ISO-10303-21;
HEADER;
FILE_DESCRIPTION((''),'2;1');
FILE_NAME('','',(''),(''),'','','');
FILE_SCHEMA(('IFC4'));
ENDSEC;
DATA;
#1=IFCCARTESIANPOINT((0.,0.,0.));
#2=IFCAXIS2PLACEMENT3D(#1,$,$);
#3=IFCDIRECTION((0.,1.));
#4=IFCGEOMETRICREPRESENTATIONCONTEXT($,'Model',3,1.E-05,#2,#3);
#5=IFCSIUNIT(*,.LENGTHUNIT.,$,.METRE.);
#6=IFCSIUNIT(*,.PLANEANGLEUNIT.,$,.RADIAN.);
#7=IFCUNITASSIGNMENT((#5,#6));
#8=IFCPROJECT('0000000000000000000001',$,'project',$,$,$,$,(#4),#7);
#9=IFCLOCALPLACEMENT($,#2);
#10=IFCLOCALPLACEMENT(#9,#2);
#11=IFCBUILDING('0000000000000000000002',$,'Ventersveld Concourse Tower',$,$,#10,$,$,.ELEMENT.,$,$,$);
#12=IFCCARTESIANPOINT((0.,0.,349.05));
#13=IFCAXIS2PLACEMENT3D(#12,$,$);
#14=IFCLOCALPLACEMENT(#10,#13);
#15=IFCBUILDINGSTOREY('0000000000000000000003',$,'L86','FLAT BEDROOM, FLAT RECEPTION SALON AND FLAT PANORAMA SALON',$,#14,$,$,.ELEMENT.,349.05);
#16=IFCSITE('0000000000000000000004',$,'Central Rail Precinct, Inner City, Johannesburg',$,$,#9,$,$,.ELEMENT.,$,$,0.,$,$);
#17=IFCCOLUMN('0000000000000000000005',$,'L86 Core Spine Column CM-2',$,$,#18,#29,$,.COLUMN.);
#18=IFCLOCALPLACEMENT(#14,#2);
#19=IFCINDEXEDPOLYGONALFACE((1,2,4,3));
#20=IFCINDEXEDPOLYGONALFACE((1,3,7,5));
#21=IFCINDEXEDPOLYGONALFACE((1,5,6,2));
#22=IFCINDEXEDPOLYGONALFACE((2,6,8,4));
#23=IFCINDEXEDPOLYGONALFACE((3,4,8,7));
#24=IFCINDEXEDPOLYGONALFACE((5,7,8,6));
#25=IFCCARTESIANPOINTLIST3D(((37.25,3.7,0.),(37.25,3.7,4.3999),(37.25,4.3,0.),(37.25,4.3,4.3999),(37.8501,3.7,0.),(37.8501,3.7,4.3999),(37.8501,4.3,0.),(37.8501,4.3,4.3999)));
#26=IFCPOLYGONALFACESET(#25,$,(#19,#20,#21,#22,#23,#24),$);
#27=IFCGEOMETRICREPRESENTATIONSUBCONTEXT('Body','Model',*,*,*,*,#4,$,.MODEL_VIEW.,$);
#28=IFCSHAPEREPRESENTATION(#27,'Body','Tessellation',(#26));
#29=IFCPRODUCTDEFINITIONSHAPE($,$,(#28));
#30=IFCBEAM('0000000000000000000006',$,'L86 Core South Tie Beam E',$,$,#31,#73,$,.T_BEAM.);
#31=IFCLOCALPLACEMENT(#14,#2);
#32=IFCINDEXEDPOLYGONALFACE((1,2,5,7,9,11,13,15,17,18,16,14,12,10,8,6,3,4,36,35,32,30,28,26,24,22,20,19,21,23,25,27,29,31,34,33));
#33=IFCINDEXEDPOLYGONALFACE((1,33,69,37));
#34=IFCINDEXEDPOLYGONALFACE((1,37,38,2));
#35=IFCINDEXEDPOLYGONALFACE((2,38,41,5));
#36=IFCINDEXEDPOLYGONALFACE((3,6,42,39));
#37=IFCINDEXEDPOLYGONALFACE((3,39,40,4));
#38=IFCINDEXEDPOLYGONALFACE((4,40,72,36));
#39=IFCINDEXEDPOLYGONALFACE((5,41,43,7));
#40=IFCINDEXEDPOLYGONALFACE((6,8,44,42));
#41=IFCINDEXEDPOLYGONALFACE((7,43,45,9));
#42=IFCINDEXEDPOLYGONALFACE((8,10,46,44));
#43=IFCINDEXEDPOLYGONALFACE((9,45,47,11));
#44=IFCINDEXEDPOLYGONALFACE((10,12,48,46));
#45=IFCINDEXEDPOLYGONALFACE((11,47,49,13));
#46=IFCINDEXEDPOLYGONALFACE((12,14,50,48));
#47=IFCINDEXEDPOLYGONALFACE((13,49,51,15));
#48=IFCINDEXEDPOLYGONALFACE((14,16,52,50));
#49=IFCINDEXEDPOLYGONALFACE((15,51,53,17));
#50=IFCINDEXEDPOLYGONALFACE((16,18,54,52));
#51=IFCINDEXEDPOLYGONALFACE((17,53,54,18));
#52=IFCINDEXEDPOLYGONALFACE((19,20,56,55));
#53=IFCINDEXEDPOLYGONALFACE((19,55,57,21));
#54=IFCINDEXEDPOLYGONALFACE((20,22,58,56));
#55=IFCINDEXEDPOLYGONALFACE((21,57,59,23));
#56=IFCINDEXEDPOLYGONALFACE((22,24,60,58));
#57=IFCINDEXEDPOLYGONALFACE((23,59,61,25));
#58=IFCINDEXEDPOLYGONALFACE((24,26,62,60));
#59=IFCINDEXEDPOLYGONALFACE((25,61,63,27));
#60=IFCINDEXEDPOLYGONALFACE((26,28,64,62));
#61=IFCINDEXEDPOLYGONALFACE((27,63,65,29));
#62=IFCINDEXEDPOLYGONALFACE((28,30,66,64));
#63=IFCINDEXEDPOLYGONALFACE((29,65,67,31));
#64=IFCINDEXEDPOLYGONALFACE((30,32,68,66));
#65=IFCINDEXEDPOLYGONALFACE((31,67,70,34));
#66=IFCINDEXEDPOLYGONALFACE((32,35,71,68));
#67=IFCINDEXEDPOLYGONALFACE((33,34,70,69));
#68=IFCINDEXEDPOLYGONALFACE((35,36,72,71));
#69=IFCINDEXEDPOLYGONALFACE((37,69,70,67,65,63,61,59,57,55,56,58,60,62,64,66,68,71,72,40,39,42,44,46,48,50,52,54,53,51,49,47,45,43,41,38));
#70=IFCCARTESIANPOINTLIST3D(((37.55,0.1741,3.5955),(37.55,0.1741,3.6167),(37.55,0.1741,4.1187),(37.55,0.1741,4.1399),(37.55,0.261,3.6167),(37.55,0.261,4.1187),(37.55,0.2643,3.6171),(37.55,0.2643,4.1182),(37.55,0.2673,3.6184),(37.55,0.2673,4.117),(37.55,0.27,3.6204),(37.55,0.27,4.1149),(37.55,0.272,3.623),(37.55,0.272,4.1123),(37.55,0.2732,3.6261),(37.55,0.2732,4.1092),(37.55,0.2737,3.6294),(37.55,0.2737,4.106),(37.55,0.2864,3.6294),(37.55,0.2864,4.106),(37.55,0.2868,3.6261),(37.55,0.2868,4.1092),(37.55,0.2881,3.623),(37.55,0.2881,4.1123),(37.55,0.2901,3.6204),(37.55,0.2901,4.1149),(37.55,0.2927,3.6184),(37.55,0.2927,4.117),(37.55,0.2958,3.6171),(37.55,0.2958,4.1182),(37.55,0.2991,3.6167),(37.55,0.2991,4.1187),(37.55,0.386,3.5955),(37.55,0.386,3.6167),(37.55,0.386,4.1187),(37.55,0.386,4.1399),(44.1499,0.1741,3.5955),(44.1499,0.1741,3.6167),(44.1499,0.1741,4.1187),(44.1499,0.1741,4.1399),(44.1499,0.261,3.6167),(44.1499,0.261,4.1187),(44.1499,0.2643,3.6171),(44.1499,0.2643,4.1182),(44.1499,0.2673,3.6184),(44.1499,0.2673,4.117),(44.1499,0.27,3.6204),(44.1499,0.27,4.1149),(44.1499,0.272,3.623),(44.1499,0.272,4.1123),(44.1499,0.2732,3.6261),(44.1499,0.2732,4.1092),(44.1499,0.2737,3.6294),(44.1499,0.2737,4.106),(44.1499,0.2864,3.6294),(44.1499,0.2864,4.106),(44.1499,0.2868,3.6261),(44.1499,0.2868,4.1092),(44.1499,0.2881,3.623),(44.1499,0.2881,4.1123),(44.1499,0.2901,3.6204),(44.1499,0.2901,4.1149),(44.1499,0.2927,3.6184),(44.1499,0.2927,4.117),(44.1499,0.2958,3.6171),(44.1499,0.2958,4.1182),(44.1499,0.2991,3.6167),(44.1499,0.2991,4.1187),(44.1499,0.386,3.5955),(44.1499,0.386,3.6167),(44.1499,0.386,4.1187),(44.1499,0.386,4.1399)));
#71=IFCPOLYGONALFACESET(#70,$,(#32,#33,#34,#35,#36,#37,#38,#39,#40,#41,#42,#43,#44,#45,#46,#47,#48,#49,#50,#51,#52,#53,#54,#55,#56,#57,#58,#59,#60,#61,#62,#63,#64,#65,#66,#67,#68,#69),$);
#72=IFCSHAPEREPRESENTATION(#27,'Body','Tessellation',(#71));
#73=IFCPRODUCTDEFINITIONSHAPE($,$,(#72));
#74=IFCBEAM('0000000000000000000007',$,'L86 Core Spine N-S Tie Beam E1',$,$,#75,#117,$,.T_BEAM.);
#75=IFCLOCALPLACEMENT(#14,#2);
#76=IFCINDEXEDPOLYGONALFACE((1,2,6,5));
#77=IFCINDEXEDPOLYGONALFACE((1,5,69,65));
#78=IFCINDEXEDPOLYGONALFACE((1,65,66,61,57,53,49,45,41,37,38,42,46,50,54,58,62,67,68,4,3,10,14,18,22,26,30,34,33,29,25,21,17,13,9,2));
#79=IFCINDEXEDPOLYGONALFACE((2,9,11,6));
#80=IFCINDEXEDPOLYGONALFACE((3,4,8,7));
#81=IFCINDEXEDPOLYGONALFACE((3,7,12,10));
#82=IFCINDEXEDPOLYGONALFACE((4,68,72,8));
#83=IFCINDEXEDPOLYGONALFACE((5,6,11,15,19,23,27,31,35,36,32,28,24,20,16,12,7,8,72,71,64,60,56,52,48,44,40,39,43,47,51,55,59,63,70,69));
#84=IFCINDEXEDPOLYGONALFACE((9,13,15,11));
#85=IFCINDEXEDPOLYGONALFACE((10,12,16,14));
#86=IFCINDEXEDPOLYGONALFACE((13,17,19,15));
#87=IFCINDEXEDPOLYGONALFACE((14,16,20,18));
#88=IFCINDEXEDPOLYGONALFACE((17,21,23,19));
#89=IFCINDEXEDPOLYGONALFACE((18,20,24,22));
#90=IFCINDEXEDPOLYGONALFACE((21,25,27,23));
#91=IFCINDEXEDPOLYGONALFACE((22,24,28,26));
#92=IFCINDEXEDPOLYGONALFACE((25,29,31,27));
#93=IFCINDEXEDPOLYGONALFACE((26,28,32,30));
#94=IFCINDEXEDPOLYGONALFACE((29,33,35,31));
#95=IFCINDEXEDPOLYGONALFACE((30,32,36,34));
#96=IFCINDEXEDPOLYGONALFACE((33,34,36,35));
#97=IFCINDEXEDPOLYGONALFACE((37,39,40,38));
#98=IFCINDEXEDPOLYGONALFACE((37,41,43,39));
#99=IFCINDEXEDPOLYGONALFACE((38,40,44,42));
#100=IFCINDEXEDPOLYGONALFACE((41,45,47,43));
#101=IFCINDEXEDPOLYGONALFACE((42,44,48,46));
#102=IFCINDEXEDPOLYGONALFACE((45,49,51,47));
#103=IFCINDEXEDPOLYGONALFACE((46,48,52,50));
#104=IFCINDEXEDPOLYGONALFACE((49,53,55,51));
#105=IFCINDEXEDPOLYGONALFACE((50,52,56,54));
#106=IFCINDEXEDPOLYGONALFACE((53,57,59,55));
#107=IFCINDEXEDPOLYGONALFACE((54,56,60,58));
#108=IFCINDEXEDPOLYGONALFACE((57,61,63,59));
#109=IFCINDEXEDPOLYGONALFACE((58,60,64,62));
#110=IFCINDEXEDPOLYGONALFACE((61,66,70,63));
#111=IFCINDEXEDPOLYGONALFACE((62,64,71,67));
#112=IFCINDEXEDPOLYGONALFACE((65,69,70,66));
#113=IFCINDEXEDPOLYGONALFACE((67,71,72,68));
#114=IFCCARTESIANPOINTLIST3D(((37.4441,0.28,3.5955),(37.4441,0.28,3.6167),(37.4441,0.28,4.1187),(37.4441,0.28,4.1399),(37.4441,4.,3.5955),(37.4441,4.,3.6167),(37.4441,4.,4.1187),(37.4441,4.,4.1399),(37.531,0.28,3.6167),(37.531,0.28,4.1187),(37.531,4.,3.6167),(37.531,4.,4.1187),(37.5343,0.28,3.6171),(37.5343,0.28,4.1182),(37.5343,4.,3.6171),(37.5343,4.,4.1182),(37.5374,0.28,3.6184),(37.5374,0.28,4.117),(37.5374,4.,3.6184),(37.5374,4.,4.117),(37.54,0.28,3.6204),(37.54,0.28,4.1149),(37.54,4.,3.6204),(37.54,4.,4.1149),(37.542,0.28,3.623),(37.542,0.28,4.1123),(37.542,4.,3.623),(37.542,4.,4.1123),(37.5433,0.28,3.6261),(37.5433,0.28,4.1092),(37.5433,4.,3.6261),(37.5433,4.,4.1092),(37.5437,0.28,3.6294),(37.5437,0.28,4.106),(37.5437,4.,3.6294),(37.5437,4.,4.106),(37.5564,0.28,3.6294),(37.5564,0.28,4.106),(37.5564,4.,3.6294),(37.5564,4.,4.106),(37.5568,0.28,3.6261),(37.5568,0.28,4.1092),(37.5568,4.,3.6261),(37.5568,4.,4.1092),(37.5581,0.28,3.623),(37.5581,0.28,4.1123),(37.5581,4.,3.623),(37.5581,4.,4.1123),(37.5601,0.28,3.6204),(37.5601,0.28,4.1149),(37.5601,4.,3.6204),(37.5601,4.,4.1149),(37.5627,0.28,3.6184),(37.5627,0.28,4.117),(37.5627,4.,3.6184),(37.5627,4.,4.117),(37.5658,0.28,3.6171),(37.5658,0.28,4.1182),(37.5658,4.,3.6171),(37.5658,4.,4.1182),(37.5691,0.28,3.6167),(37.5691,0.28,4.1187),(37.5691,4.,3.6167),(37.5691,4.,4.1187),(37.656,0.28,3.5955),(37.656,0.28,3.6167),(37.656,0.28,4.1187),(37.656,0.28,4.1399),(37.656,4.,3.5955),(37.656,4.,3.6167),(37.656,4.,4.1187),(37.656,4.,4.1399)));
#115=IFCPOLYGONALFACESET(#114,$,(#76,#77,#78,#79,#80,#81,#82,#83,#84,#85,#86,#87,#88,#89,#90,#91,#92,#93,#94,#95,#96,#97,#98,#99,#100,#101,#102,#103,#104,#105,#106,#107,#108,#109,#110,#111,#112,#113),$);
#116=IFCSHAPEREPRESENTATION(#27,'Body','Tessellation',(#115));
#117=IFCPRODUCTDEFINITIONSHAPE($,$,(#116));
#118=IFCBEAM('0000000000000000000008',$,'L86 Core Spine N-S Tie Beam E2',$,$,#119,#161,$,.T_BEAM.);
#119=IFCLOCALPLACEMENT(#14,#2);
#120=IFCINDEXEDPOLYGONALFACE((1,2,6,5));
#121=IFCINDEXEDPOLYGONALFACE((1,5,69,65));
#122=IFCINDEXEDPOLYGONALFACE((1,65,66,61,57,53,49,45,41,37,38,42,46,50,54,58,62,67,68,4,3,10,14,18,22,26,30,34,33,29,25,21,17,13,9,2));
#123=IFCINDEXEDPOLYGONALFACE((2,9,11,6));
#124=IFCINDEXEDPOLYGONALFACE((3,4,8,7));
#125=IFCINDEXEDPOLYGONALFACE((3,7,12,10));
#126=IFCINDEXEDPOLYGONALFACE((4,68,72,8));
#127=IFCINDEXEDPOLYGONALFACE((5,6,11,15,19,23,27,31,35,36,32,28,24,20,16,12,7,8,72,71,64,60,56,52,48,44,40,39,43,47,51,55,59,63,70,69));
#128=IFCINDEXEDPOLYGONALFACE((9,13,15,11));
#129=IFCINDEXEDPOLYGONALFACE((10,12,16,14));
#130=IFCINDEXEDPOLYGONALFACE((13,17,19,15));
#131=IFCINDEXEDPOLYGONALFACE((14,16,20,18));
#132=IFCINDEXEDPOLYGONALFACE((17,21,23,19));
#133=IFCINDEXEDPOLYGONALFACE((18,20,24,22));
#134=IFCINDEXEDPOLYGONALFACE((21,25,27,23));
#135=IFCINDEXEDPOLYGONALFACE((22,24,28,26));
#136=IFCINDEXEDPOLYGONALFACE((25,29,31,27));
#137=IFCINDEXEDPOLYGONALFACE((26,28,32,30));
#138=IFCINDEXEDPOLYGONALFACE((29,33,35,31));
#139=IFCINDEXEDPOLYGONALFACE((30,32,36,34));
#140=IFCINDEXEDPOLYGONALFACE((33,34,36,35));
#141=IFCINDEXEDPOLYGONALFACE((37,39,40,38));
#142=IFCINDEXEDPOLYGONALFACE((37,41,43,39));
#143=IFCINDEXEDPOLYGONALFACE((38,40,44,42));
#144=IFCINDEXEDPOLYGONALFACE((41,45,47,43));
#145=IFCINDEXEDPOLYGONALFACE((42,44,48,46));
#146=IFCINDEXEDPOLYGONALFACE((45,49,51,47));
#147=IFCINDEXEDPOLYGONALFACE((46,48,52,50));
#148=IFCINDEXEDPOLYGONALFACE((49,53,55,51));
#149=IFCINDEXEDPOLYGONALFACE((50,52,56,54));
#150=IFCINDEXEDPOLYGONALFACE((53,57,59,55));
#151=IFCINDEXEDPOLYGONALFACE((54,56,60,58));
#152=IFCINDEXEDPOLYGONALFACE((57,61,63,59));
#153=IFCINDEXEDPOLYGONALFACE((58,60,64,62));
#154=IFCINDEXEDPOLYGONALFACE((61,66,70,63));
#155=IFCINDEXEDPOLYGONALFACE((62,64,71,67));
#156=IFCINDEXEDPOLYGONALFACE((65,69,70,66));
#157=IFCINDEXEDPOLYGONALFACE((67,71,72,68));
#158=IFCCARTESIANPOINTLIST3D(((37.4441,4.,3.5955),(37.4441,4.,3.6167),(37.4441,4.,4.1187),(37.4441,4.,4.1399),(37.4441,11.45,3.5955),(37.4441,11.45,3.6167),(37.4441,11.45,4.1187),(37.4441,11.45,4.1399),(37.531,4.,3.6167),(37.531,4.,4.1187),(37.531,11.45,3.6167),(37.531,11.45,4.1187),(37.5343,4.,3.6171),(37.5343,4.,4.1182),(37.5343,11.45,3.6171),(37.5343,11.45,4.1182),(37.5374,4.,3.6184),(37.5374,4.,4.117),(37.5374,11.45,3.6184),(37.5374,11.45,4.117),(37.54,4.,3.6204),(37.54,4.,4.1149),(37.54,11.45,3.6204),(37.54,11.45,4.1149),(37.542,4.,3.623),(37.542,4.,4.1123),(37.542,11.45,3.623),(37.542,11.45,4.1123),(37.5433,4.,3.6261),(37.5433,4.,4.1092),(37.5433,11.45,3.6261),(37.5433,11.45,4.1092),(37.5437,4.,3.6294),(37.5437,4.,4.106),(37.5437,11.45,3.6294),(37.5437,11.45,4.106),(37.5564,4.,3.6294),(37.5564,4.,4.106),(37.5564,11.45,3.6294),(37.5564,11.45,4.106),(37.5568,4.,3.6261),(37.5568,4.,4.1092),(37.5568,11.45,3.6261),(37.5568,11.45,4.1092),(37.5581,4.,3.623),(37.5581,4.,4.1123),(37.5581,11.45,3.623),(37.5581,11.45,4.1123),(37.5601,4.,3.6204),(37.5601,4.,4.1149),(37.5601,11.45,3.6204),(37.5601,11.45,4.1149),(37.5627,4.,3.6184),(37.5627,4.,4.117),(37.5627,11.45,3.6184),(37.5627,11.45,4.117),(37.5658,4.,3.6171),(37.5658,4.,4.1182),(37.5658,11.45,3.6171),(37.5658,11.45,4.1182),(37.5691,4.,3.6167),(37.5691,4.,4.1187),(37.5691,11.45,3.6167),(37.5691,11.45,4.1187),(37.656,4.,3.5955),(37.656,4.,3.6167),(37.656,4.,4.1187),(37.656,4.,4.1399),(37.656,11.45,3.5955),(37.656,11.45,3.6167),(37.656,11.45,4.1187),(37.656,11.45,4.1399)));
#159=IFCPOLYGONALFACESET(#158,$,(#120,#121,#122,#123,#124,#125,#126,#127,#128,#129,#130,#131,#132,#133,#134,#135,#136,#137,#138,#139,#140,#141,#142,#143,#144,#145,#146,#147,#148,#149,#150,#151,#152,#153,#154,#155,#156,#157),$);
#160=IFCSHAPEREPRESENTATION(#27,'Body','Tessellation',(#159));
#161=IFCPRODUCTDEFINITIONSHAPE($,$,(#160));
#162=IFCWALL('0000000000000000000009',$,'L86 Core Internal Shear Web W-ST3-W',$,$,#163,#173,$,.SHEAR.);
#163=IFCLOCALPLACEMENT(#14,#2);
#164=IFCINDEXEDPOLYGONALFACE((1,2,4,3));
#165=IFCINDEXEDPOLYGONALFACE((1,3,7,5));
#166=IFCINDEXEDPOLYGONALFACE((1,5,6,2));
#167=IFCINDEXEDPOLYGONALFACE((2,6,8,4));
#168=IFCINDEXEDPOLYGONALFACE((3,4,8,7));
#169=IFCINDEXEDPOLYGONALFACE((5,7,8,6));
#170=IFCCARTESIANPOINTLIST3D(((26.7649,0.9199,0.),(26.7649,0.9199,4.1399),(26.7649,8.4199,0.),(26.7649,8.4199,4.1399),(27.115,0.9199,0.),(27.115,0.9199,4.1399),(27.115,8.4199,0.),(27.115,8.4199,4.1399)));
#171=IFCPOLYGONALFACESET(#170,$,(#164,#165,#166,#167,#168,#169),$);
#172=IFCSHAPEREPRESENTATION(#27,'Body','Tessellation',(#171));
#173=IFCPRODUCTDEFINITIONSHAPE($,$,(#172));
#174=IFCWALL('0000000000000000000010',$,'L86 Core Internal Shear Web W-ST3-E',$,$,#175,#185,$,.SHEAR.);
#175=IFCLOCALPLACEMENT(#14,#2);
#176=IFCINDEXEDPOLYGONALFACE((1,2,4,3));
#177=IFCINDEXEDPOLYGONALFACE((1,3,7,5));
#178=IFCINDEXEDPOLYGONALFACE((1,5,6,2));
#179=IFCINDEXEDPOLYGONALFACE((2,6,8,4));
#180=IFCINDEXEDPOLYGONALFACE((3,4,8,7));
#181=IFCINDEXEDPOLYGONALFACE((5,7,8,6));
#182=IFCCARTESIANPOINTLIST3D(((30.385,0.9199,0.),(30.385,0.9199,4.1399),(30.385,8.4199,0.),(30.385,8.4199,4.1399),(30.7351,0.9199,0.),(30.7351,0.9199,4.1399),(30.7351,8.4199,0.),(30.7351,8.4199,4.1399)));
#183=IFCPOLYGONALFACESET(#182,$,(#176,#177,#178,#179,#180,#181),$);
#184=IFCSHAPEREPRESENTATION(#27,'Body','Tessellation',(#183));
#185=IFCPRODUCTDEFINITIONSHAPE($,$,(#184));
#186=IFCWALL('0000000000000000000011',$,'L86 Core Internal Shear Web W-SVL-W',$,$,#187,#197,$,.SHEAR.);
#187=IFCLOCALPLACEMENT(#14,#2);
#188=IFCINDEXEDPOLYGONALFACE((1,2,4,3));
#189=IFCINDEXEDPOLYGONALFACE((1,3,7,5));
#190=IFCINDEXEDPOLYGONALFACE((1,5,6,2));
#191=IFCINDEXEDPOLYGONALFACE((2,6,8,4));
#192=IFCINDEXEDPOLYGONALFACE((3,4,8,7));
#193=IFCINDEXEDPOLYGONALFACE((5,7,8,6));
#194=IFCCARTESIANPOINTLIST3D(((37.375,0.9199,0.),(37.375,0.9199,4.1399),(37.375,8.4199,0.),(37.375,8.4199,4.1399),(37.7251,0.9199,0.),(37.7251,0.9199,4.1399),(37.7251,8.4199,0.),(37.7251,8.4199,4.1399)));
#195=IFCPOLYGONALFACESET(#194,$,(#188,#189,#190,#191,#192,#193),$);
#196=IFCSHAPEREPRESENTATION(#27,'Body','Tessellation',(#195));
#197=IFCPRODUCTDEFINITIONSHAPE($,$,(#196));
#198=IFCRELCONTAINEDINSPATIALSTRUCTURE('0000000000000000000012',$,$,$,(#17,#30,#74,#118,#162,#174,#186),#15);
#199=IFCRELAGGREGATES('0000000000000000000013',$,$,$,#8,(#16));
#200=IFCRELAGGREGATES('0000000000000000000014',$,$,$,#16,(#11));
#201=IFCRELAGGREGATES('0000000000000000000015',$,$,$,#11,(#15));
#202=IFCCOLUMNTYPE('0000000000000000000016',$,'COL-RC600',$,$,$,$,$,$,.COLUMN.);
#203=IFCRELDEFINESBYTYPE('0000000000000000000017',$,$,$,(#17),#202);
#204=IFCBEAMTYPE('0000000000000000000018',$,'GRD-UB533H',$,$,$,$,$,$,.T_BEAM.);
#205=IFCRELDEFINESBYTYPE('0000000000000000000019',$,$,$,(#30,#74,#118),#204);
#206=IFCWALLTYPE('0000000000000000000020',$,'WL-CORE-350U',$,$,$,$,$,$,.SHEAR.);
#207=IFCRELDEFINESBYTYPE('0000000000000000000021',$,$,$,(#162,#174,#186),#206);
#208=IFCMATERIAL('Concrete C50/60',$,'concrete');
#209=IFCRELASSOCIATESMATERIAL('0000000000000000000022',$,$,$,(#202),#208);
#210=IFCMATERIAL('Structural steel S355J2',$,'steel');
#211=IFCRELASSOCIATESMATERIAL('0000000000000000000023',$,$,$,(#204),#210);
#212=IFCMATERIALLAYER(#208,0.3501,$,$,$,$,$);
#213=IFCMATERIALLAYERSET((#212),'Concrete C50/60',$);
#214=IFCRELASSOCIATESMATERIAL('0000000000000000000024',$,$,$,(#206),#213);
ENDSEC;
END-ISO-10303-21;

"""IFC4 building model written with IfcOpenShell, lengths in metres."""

from ifc_helpers import new_model, si_unit, direction, frame, frame_2d, origin, origin_2d, place, context, subcontext, project, spatial, rectangle, i_section, extrude, material, layer, layer_set, material_profile, profile_set, type_object, element, save


model = new_model("IFC4")

# Units and contexts
model_context = context("Model", 3, precision=1e-05, world=origin(), true_north=direction((0.0, 1.0)))
body_context = subcontext(model_context, "Body", "Model", "MODEL_VIEW")
ifc_project = project(units=[si_unit("LENGTHUNIT", "METRE"), si_unit("PLANEANGLEUNIT", "RADIAN")], contexts=[model_context])

# Site, building, storey
site_placement = place(None, origin())
site = spatial("IfcSite", under=ifc_project, at=site_placement, Name="Central Rail Precinct, Inner City, Johannesburg", CompositionType="ELEMENT", RefElevation=0.0)
building_placement = place(site_placement, origin())
building = spatial("IfcBuilding", under=site, at=building_placement, Name="Ventersveld Concourse Tower", CompositionType="ELEMENT")
storey_placement = place(building_placement, frame((0.0, 0.0, 349.05)))
storey = spatial("IfcBuildingStorey", under=building, at=storey_placement, Name="L86", Description="FLAT BEDROOM, FLAT RECEPTION SALON AND FLAT PANORAMA SALON", CompositionType="ELEMENT", Elevation=349.05)

# Column
ifc_material_1 = material(Name="Concrete C50/60", Category="concrete")
ifc_material_profile_1 = material_profile(ifc_material_1, rectangle(XDim=0.6001, YDim=0.6001, at=origin_2d()), Name="RC 600x600")
ifc_profile_set_1 = profile_set([ifc_material_profile_1], Name="Concrete C50/60")
column_type = type_object("IfcColumnType", Name="COL-RC600", PredefinedType="COLUMN", material=ifc_profile_set_1)
column_placement = place(storey_placement, frame((37.55, 4.0, 0.0), z_axis=(0.0, 0.0, 1.0), x_axis=(1.0, 0.0, 0.0)))
element("IfcColumn", 1, at=column_placement, inside=storey, type_object=column_type, Name="L86 Core Spine Column CM-2", PredefinedType="COLUMN", context=body_context, shape_type="SweptSolid", body=[
    extrude(rectangle(XDim=0.6001, YDim=0.6001, at=origin_2d()), origin(), (0.0, 0.0, 1.0), 4.3999),
])

# Beams
ifc_material_2 = material(Name="Structural steel S355J2", Category="steel")
ifc_material_profile_2 = material_profile(ifc_material_2, i_section(OverallWidth=0.2119, OverallDepth=0.5444, WebThickness=0.0127, FlangeThickness=0.0212, FilletRadius=0.0127, at=origin_2d()), Name="UB 533x210x122")
ifc_profile_set_2 = profile_set([ifc_material_profile_2], Name="Structural steel S355J2")
beam_type = type_object("IfcBeamType", Name="GRD-UB533H", PredefinedType="T_BEAM", material=ifc_profile_set_2)
beam_1_placement = place(storey_placement, frame((37.55, 0.28, 3.8677), z_axis=(1.0, 0.0, 0.0), x_axis=(0.0, 1.0, 0.0)))
element("IfcBeam", 2, at=beam_1_placement, inside=storey, type_object=beam_type, Name="L86 Core South Tie Beam E", PredefinedType="T_BEAM", context=body_context, shape_type="SweptSolid", body=[
    extrude(i_section(OverallWidth=0.2119, OverallDepth=0.5444, WebThickness=0.0127, FlangeThickness=0.0212, FilletRadius=0.0127, at=origin_2d()), origin(), (0.0, 0.0, 1.0), 6.5999),
])
beam_2_placement = place(storey_placement, frame((37.55, 0.28, 3.8677), z_axis=(0.0, 1.0, 0.0), x_axis=(-1.0, 0.0, 0.0)))
element("IfcBeam", 3, at=beam_2_placement, inside=storey, type_object=beam_type, Name="L86 Core Spine N-S Tie Beam E1", PredefinedType="T_BEAM", context=body_context, shape_type="SweptSolid", body=[
    extrude(i_section(OverallWidth=0.2119, OverallDepth=0.5444, WebThickness=0.0127, FlangeThickness=0.0212, FilletRadius=0.0127, at=origin_2d()), origin(), (0.0, 0.0, 1.0), 3.72),
])
beam_3_placement = place(storey_placement, frame((37.55, 4.0, 3.8677), z_axis=(0.0, 1.0, 0.0), x_axis=(-1.0, 0.0, 0.0)))
element("IfcBeam", 4, at=beam_3_placement, inside=storey, type_object=beam_type, Name="L86 Core Spine N-S Tie Beam E2", PredefinedType="T_BEAM", context=body_context, shape_type="SweptSolid", body=[
    extrude(i_section(OverallWidth=0.2119, OverallDepth=0.5444, WebThickness=0.0127, FlangeThickness=0.0212, FilletRadius=0.0127, at=origin_2d()), origin(), (0.0, 0.0, 1.0), 7.45),
])

# Walls
ifc_layer_1 = layer(ifc_material_1, 0.3501)
ifc_layer_set_1 = layer_set([ifc_layer_1], Name="Concrete C50/60")
wall_type_1 = type_object("IfcWallType", Name="WL-CORE-350U", PredefinedType="SHEAR", material=ifc_layer_set_1)
for number, where, z_axis, x_axis, name in (
    (5, (26.9399, 0.9199, 0.0), (0.0, 0.0, 1.0), (0.0, 1.0, 0.0), "L86 Core Internal Shear Web W-ST3-W"),
    (6, (30.5601, 0.9199, 0.0), (0.0, 0.0, 1.0), (0.0, 1.0, 0.0), "L86 Core Internal Shear Web W-ST3-E"),
    (7, (37.55, 0.9199, 0.0), (0.0, 0.0, 1.0), (0.0, 1.0, 0.0), "L86 Core Internal Shear Web W-SVL-W"),
):
    element("IfcWall", number, at=place(storey_placement, frame(where, z_axis=z_axis, x_axis=x_axis)), inside=storey, type_object=wall_type_1, Name=name, PredefinedType="SHEAR", context=body_context, shape_type="SweptSolid", body=[
        extrude(rectangle(XDim=7.5, YDim=0.3501, at=frame_2d((3.75, 0.0))), origin(), (0.0, 0.0, 1.0), 4.1399),
    ])

save(model, "model.ifc")
